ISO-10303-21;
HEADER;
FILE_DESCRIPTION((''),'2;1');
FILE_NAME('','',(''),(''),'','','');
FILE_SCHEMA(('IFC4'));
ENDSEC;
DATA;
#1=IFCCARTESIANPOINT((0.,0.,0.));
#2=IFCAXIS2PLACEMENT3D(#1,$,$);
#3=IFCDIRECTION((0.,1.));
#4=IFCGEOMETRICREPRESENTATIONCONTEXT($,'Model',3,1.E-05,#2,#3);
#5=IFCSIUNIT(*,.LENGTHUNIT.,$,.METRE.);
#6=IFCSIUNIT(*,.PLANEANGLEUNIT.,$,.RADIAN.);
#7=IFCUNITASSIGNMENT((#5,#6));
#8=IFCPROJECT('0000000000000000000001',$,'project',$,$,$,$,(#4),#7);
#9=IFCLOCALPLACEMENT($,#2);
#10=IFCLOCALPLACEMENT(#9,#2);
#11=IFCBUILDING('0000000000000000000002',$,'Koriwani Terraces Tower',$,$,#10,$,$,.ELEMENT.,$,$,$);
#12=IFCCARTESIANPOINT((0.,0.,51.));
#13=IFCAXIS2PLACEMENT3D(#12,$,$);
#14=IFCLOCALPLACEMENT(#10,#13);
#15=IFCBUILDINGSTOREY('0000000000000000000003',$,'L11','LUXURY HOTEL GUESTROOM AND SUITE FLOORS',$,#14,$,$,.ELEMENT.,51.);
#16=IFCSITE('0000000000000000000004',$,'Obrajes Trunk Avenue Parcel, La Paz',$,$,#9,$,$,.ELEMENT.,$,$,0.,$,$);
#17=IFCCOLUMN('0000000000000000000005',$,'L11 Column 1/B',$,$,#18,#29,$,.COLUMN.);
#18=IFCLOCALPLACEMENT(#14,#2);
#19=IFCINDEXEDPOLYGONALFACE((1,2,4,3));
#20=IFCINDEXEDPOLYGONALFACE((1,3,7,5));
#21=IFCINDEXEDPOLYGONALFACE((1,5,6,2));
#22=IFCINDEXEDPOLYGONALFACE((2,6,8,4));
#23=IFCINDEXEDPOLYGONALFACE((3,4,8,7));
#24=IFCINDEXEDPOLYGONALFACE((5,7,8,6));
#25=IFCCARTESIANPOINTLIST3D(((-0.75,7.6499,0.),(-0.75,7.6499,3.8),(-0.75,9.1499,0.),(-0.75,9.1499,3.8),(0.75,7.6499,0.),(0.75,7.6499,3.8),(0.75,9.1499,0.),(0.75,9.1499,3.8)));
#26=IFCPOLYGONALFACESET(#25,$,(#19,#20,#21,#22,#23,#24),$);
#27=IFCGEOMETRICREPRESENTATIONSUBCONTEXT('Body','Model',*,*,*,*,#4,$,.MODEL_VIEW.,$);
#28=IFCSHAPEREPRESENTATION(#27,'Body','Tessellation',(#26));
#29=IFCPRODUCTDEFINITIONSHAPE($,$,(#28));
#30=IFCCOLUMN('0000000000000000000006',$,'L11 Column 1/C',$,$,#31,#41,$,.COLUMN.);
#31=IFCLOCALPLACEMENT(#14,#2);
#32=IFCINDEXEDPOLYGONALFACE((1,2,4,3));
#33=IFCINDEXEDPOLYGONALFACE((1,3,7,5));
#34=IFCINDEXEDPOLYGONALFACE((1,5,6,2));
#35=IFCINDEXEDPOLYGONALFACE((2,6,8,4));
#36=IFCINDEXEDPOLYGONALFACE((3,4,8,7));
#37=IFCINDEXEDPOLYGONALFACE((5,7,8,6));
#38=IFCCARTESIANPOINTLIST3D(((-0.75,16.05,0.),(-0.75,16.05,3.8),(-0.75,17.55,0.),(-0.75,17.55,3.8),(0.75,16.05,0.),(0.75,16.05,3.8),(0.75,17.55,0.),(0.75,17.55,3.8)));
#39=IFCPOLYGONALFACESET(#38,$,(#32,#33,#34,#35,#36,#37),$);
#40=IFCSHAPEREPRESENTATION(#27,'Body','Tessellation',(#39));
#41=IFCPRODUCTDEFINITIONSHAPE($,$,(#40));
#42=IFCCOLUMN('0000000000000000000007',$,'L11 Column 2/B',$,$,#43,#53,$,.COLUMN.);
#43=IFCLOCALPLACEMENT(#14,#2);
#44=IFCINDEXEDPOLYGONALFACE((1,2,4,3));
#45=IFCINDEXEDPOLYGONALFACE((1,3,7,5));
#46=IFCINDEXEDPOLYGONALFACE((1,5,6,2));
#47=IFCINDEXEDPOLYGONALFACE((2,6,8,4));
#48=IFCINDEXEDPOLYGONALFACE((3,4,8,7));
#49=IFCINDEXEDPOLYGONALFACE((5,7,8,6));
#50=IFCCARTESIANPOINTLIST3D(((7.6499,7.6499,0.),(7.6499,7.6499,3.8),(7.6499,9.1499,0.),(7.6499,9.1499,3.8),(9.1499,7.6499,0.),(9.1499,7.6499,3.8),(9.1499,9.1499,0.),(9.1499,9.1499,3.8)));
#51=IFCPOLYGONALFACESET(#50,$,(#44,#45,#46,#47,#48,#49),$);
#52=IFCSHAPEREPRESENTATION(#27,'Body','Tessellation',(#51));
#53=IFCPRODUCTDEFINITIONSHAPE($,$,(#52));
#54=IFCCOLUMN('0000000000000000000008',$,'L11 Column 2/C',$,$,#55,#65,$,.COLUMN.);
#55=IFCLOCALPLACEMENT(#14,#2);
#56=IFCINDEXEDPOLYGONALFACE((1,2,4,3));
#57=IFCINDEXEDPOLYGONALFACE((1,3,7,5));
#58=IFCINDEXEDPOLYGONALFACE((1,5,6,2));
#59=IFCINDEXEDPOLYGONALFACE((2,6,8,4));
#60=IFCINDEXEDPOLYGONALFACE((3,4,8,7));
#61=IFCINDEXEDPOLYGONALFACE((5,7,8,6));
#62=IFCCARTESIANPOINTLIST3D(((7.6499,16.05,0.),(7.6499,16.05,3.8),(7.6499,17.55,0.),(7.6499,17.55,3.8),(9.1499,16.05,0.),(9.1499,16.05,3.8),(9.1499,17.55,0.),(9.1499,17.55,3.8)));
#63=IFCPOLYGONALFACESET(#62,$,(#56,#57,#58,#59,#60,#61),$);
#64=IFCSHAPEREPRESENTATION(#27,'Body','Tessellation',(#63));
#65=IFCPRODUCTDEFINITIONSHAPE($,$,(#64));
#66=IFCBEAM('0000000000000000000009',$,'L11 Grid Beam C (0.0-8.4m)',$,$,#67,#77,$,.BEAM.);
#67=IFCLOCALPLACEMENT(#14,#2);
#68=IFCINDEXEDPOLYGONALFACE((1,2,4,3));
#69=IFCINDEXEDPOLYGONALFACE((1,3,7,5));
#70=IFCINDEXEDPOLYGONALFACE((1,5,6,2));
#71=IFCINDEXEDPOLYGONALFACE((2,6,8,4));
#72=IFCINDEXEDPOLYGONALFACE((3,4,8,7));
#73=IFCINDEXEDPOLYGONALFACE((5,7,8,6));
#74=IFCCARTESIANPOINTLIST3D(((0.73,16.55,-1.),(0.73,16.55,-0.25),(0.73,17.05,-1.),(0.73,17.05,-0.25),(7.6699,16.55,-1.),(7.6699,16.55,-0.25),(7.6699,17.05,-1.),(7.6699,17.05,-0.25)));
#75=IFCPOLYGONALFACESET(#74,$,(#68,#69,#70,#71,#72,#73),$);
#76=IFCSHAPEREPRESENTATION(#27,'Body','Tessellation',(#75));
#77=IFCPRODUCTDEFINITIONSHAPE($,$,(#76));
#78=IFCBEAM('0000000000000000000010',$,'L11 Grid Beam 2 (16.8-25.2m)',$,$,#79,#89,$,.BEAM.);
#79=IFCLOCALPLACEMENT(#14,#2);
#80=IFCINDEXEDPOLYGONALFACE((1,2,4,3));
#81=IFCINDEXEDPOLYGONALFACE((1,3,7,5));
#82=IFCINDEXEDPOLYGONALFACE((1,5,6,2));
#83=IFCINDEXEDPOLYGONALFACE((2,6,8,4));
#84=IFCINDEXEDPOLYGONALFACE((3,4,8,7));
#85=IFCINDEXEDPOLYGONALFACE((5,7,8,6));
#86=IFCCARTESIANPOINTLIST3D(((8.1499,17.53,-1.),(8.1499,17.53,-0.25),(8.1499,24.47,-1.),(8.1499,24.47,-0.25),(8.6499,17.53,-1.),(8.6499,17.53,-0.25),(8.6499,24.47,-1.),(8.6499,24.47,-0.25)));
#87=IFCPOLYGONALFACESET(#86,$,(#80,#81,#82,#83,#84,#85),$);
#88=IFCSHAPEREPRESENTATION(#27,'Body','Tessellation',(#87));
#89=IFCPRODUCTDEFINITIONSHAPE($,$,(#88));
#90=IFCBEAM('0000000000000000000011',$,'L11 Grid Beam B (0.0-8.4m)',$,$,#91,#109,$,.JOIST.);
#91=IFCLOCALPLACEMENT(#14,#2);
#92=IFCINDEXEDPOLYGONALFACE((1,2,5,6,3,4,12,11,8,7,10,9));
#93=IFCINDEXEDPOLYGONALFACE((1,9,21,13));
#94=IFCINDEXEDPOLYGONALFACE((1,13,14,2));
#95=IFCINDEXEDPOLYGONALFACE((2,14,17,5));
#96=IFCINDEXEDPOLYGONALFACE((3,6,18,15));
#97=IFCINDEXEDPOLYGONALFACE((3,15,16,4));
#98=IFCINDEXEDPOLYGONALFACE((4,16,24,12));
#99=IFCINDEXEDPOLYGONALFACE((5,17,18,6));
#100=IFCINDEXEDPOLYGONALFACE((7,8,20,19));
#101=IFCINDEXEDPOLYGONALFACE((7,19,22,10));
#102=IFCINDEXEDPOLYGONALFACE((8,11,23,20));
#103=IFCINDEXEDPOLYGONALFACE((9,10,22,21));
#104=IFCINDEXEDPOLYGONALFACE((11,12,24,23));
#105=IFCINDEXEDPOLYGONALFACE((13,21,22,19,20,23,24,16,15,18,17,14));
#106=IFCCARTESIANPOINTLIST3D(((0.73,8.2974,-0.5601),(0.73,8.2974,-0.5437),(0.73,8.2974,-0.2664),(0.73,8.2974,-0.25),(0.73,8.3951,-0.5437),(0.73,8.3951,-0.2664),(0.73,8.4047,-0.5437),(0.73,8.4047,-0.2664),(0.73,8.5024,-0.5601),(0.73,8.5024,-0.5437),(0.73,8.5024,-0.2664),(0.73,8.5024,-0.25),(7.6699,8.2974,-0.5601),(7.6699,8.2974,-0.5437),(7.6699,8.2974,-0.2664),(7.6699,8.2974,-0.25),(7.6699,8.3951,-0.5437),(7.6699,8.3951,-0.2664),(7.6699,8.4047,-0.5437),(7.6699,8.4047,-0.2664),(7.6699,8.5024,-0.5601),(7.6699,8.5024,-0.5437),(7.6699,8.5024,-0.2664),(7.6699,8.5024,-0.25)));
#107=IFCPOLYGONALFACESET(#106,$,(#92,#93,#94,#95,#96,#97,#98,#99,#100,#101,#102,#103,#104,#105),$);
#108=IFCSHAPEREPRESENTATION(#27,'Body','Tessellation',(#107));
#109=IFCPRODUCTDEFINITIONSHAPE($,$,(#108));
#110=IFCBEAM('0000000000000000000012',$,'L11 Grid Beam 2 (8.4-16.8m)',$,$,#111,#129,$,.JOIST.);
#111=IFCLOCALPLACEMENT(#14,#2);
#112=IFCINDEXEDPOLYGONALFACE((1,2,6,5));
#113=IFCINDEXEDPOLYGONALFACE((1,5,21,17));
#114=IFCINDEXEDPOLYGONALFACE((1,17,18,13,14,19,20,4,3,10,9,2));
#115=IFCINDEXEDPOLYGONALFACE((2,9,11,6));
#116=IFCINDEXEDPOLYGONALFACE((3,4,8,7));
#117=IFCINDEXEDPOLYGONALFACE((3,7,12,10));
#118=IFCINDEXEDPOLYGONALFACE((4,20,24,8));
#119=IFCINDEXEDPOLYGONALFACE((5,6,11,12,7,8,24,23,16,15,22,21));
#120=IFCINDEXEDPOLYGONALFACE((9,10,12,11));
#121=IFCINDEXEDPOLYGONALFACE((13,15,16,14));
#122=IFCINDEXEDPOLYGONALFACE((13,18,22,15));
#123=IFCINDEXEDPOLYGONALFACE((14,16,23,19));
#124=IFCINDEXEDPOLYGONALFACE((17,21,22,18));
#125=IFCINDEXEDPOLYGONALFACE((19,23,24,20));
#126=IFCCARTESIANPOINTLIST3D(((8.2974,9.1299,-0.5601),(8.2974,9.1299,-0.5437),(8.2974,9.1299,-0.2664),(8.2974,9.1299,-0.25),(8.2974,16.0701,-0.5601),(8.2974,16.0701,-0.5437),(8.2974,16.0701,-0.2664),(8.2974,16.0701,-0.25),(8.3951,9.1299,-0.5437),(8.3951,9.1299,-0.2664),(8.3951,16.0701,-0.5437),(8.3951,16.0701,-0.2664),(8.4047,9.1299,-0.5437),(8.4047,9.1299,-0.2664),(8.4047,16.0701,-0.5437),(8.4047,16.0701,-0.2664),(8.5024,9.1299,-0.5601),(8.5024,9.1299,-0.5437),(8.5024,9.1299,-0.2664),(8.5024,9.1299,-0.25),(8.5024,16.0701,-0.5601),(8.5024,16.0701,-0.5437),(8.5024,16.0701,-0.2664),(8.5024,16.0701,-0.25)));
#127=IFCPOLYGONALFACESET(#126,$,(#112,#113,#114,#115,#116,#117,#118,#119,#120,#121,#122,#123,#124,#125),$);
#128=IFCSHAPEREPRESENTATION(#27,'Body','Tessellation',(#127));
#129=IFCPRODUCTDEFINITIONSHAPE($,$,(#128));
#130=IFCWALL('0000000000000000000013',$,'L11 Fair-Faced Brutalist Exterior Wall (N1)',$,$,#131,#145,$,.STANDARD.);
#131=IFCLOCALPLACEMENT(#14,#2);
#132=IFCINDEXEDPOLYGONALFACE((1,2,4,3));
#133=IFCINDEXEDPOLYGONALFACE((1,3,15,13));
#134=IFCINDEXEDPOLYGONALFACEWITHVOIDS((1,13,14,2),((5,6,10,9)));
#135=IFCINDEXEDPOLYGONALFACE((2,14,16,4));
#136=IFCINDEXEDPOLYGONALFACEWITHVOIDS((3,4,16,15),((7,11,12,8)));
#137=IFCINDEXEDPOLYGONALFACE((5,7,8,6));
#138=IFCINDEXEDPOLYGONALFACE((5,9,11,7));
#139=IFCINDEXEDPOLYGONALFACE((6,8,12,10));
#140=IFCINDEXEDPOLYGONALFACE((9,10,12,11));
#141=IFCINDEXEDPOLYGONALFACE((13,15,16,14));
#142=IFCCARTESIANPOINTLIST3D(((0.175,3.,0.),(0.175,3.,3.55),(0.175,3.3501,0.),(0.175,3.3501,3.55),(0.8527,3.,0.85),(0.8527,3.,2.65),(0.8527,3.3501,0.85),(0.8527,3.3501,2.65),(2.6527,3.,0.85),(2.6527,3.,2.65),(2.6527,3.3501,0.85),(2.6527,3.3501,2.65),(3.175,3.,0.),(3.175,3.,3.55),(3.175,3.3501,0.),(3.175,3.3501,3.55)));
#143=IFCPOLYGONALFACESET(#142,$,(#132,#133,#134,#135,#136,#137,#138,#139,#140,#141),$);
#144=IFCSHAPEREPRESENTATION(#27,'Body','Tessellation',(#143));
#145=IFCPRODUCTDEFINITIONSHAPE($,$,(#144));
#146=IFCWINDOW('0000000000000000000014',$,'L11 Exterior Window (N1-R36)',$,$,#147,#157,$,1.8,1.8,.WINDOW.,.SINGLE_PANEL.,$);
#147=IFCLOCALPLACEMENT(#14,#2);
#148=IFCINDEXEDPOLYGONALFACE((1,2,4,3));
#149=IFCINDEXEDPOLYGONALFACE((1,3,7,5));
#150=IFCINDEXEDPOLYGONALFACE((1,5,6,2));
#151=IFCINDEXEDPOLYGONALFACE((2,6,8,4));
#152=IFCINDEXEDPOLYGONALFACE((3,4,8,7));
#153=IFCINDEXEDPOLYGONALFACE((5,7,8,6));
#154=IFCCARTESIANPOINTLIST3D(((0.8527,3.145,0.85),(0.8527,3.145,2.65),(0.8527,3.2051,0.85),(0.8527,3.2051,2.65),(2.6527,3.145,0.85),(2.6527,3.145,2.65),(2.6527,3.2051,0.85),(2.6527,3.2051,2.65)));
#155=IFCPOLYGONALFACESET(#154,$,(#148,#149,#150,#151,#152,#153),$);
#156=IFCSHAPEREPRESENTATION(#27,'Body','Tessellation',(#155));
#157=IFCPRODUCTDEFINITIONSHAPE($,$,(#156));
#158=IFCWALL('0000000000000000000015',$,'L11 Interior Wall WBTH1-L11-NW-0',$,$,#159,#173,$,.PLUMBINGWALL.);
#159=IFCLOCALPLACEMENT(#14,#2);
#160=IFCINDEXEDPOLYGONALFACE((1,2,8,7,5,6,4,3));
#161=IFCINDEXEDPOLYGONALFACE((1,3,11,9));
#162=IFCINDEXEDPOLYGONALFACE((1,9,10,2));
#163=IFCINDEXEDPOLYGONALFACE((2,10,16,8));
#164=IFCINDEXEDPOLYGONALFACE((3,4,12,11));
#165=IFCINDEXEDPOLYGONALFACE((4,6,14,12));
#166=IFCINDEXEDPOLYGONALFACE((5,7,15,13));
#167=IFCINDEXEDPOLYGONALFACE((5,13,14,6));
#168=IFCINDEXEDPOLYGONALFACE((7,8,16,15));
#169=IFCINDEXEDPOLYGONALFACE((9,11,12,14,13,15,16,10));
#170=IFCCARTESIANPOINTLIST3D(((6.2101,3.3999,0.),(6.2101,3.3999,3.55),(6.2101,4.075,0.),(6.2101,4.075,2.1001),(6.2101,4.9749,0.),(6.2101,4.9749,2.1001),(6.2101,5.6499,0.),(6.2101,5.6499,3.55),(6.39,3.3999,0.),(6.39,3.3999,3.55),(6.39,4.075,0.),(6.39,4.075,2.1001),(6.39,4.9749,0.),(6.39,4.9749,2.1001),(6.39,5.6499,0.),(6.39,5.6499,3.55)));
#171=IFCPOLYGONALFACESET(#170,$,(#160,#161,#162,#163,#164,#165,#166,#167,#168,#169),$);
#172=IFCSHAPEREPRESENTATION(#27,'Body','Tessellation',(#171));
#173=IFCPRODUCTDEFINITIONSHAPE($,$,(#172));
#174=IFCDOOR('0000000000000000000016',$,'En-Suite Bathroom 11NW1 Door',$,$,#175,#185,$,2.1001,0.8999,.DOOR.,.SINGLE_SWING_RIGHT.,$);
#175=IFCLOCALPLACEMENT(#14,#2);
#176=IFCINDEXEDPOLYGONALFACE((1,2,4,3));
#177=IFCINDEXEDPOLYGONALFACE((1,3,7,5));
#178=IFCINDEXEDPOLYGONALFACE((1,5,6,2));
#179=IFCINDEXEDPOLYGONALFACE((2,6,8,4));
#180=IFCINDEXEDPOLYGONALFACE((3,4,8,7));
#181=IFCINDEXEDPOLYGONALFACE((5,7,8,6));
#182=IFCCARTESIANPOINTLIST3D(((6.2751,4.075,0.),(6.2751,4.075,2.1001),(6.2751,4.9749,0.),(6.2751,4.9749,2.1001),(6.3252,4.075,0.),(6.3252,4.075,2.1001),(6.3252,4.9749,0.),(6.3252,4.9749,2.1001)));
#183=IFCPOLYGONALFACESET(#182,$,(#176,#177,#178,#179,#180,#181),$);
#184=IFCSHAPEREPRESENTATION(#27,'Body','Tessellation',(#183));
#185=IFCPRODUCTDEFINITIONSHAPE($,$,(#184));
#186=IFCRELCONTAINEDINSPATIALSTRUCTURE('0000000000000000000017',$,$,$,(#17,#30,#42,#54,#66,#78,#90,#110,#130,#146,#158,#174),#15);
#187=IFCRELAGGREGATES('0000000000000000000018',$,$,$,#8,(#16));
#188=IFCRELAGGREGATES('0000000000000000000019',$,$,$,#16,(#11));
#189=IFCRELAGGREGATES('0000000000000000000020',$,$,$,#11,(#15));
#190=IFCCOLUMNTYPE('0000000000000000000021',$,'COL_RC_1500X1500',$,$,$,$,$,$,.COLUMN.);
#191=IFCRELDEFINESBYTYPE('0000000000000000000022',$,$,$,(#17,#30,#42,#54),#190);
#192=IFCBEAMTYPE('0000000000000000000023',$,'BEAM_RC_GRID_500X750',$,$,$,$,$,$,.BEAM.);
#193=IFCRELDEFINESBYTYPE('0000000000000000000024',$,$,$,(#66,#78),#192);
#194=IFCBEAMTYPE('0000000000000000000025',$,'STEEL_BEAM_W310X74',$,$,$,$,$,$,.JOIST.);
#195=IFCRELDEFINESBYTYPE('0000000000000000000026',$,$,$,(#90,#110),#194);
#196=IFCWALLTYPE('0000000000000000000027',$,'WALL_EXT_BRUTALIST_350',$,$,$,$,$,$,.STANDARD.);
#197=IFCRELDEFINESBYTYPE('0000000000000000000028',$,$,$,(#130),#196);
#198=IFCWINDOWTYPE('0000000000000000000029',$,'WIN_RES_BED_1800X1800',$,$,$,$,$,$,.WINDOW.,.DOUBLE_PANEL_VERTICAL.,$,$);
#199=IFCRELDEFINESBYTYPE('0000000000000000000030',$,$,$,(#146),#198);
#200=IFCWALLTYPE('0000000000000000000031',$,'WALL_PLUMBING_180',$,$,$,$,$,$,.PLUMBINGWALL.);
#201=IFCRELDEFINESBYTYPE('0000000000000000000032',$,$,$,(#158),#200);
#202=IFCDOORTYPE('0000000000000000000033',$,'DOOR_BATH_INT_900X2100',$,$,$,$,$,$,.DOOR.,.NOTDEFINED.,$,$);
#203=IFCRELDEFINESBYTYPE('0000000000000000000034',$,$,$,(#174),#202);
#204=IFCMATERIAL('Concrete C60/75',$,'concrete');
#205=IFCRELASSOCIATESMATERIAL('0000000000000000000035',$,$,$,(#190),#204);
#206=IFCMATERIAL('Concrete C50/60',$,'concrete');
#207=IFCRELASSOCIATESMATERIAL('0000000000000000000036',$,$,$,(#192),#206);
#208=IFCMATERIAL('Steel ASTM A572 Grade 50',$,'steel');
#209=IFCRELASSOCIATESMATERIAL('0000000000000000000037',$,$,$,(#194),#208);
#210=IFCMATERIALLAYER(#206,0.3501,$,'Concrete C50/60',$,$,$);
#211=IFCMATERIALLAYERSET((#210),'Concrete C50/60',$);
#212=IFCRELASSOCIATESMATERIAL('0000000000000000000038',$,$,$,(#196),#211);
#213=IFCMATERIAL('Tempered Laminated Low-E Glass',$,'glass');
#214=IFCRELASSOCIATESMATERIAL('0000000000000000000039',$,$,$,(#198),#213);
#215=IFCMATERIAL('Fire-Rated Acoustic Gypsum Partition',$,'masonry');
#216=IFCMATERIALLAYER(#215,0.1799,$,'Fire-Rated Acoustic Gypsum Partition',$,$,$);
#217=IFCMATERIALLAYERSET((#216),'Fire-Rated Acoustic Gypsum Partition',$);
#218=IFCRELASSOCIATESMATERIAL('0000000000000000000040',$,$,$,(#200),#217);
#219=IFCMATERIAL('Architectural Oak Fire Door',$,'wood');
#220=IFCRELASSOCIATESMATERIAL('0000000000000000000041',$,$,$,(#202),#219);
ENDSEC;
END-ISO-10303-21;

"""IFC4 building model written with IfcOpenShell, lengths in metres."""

from ifc_helpers import new_model, si_unit, direction, frame, frame_2d, origin, origin_2d, place, context, subcontext, project, spatial, rectangle, i_section, extrude, material, layer, layer_set, material_profile, profile_set, type_object, element, fill, save


model = new_model("IFC4")

# Units and contexts
model_context = context("Model", 3, precision=1e-05, world=origin(), true_north=direction((0.0, 1.0)))
body_context = subcontext(model_context, "Body", "Model", "MODEL_VIEW")
ifc_project = project(units=[si_unit("LENGTHUNIT", "METRE"), si_unit("PLANEANGLEUNIT", "RADIAN")], contexts=[model_context])

# Site, building, storey
site_placement = place(None, origin())
site = spatial("IfcSite", under=ifc_project, at=site_placement, Name="Obrajes Trunk Avenue Parcel, La Paz", CompositionType="ELEMENT", RefElevation=0.0)
building_placement = place(site_placement, origin())
building = spatial("IfcBuilding", under=site, at=building_placement, Name="Koriwani Terraces Tower", CompositionType="ELEMENT")
storey_placement = place(building_placement, frame((0.0, 0.0, 51.0)))
storey = spatial("IfcBuildingStorey", under=building, at=storey_placement, Name="L11", Description="LUXURY HOTEL GUESTROOM AND SUITE FLOORS", CompositionType="ELEMENT", Elevation=51.0)

# Columns
ifc_material_1 = material(Name="Concrete C60/75", Category="concrete")
ifc_material_profile_1 = material_profile(ifc_material_1, rectangle(XDim=1.5, YDim=1.5, at=origin_2d()), Name="Concrete C60/75", Category="LoadBearing")
ifc_profile_set_1 = profile_set([ifc_material_profile_1], Name="Concrete C60/75")
column_type = type_object("IfcColumnType", Name="COL_RC_1500X1500", PredefinedType="COLUMN", material=ifc_profile_set_1)
for number, where, z_axis, x_axis, name in (
    (1, (0.0, 8.3999, 0.0), (0.0, 0.0, 1.0), (1.0, 0.0, 0.0), "L11 Column 1/B"),
    (2, (0.0, 16.8, 0.0), (0.0, 0.0, 1.0), (1.0, 0.0, 0.0), "L11 Column 1/C"),
    (3, (8.3999, 8.3999, 0.0), (0.0, 0.0, 1.0), (1.0, 0.0, 0.0), "L11 Column 2/B"),
    (4, (8.3999, 16.8, 0.0), (0.0, 0.0, 1.0), (1.0, 0.0, 0.0), "L11 Column 2/C"),
):
    element("IfcColumn", number, at=place(storey_placement, frame(where, z_axis=z_axis, x_axis=x_axis)), inside=storey, type_object=column_type, Name=name, PredefinedType="COLUMN", context=body_context, shape_type="SweptSolid", body=[
        extrude(rectangle(XDim=1.5, YDim=1.5, at=origin_2d()), origin(), (0.0, 0.0, 1.0), 3.8),
    ])

# Beams
ifc_material_2 = material(Name="Concrete C50/60", Category="concrete")
ifc_material_profile_2 = material_profile(ifc_material_2, rectangle(XDim=0.5, YDim=0.75, at=origin_2d()), Name="Concrete C50/60", Category="LoadBearing")
ifc_profile_set_2 = profile_set([ifc_material_profile_2], Name="Concrete C50/60")
beam_type_1 = type_object("IfcBeamType", Name="BEAM_RC_GRID_500X750", PredefinedType="BEAM", material=ifc_profile_set_2)
for number, where, z_axis, x_axis, name in (
    (5, (0.73, 16.8, -0.625), (1.0, 0.0, 0.0), (0.0, 1.0, 0.0), "L11 Grid Beam C (0.0-8.4m)"),
    (6, (8.3999, 17.53, -0.625), (0.0, 1.0, 0.0), (-1.0, 0.0, 0.0), "L11 Grid Beam 2 (16.8-25.2m)"),
):
    element("IfcBeam", number, at=place(storey_placement, frame(where, z_axis=z_axis, x_axis=x_axis)), inside=storey, type_object=beam_type_1, Name=name, PredefinedType="BEAM", context=body_context, shape_type="SweptSolid", body=[
        extrude(rectangle(XDim=0.5, YDim=0.75, at=origin_2d()), origin(), (0.0, 0.0, 1.0), 6.9399),
    ])
ifc_material_3 = material(Name="Steel ASTM A572 Grade 50", Category="steel")
ifc_material_profile_3 = material_profile(ifc_material_3, i_section(OverallWidth=0.2051, OverallDepth=0.3101, WebThickness=0.0095, FlangeThickness=0.0164, at=origin_2d()), Name="Steel ASTM A572 Grade 50", Category="LoadBearing")
ifc_profile_set_3 = profile_set([ifc_material_profile_3], Name="Steel ASTM A572 Grade 50")
beam_type_2 = type_object("IfcBeamType", Name="STEEL_BEAM_W310X74", PredefinedType="JOIST", material=ifc_profile_set_3)
beam_1_placement = place(storey_placement, frame((0.73, 8.3999, -0.405), z_axis=(1.0, 0.0, 0.0), x_axis=(0.0, 1.0, 0.0)))
element("IfcBeam", 7, at=beam_1_placement, inside=storey, type_object=beam_type_2, Name="L11 Grid Beam B (0.0-8.4m)", PredefinedType="JOIST", context=body_context, shape_type="SweptSolid", body=[
    extrude(i_section(OverallWidth=0.2051, OverallDepth=0.3101, WebThickness=0.0095, FlangeThickness=0.0164, at=origin_2d()), origin(), (0.0, 0.0, 1.0), 6.9399),
])
beam_2_placement = place(storey_placement, frame((8.3999, 9.1299, -0.405), z_axis=(0.0, 1.0, 0.0), x_axis=(-1.0, 0.0, 0.0)))
element("IfcBeam", 8, at=beam_2_placement, inside=storey, type_object=beam_type_2, Name="L11 Grid Beam 2 (8.4-16.8m)", PredefinedType="JOIST", context=body_context, shape_type="SweptSolid", body=[
    extrude(i_section(OverallWidth=0.2051, OverallDepth=0.3101, WebThickness=0.0095, FlangeThickness=0.0164, at=origin_2d()), origin(), (0.0, 0.0, 1.0), 6.9402),
])

# Wall, opening, window
ifc_layer_1 = layer(ifc_material_2, 0.3501, Name="Concrete C50/60")
ifc_layer_set_1 = layer_set([ifc_layer_1], Name="Concrete C50/60")
wall_type_1 = type_object("IfcWallType", Name="WALL_EXT_BRUTALIST_350", PredefinedType="STANDARD", material=ifc_layer_set_1)
wall_1_placement = place(storey_placement, frame((3.175, 3.175, 0.0), z_axis=(0.0, 0.0, 1.0), x_axis=(-1.0, 0.0, 0.0)))
wall_1 = element("IfcWall", 9, at=wall_1_placement, inside=storey, type_object=wall_type_1, Name="L11 Fair-Faced Brutalist Exterior Wall (N1)", PredefinedType="STANDARD", context=body_context, shape_type="SweptSolid", body=[
    extrude(rectangle(XDim=3.0, YDim=0.3501, at=frame_2d((1.5, 0.0))), origin(), (0.0, 0.0, 1.0), 3.55),
])
opening_1_placement = place(wall_1_placement, frame((0.5225, 0.0, 0.8501)))
opening_1 = element("IfcOpeningElement", 10, at=opening_1_placement, cuts=wall_1, PredefinedType="OPENING", context=body_context, shape_type="SweptSolid", body=[
    extrude(rectangle(XDim=1.8, YDim=1.8, at=frame_2d((0.8999, 0.8999))), frame((0.0, 0.1851, 0.0), z_axis=(0.0, -1.0, 0.0), x_axis=(1.0, 0.0, 0.0)), (0.0, 0.0, 1.0), 0.3701),
])
ifc_material_4 = material(Name="Tempered Laminated Low-E Glass", Category="glass")
window_type = type_object("IfcWindowType", Name="WIN_RES_BED_1800X1800", PartitioningType="DOUBLE_PANEL_VERTICAL", PredefinedType="WINDOW", material=ifc_material_4)
window_placement = place(opening_1_placement, origin())
window = element("IfcWindow", 11, at=window_placement, inside=storey, type_object=window_type, Name="L11 Exterior Window (N1-R36)", OverallHeight=1.8, OverallWidth=1.8, PartitioningType="SINGLE_PANEL", PredefinedType="WINDOW", context=body_context, shape_type="SweptSolid", body=[
    extrude(rectangle(XDim=1.8, YDim=1.8, at=frame_2d((0.8999, 0.8999))), frame((0.0, 0.03, 0.0), z_axis=(0.0, -1.0, 0.0), x_axis=(1.0, 0.0, 0.0)), (0.0, 0.0, 1.0), 0.0601),
])
fill(opening_1, window)

# Wall, opening, door
ifc_material_5 = material(Name="Fire-Rated Acoustic Gypsum Partition", Category="masonry")
ifc_layer_2 = layer(ifc_material_5, 0.1799, Name="Fire-Rated Acoustic Gypsum Partition")
ifc_layer_set_2 = layer_set([ifc_layer_2], Name="Fire-Rated Acoustic Gypsum Partition")
wall_type_2 = type_object("IfcWallType", Name="WALL_PLUMBING_180", PredefinedType="PLUMBINGWALL", material=ifc_layer_set_2)
wall_2_placement = place(storey_placement, frame((6.3, 3.3999, 0.0), z_axis=(0.0, 0.0, 1.0), x_axis=(0.0, 1.0, 0.0)))
wall_2 = element("IfcWall", 12, at=wall_2_placement, inside=storey, type_object=wall_type_2, Name="L11 Interior Wall WBTH1-L11-NW-0", PredefinedType="PLUMBINGWALL", context=body_context, shape_type="SweptSolid", body=[
    extrude(rectangle(XDim=2.25, YDim=0.1799, at=frame_2d((1.125, 0.0))), origin(), (0.0, 0.0, 1.0), 3.55),
])
opening_2_placement = place(wall_2_placement, frame((0.675, 0.0, 0.0)))
opening_2 = element("IfcOpeningElement", 13, at=opening_2_placement, cuts=wall_2, PredefinedType="OPENING", context=body_context, shape_type="SweptSolid", body=[
    extrude(rectangle(XDim=0.8999, YDim=2.1001, at=frame_2d((0.45, 1.05))), frame((0.0, 0.1001, 0.0), z_axis=(0.0, -1.0, 0.0), x_axis=(1.0, 0.0, 0.0)), (0.0, 0.0, 1.0), 0.2),
])
ifc_material_6 = material(Name="Architectural Oak Fire Door", Category="wood")
door_type = type_object("IfcDoorType", Name="DOOR_BATH_INT_900X2100", OperationType="NOTDEFINED", PredefinedType="DOOR", material=ifc_material_6)
door_placement = place(opening_2_placement, origin())
door = element("IfcDoor", 14, at=door_placement, inside=storey, type_object=door_type, Name="En-Suite Bathroom 11NW1 Door", OperationType="SINGLE_SWING_RIGHT", OverallHeight=2.1001, OverallWidth=0.8999, PredefinedType="DOOR", context=body_context, shape_type="SweptSolid", body=[
    extrude(rectangle(XDim=0.8999, YDim=2.1001, at=frame_2d((0.45, 1.05))), frame((0.0, 0.0249, 0.0), z_axis=(0.0, -1.0, 0.0), x_axis=(1.0, 0.0, 0.0)), (0.0, 0.0, 1.0), 0.05),
])
fill(opening_2, door)

save(model, "model.ifc")
